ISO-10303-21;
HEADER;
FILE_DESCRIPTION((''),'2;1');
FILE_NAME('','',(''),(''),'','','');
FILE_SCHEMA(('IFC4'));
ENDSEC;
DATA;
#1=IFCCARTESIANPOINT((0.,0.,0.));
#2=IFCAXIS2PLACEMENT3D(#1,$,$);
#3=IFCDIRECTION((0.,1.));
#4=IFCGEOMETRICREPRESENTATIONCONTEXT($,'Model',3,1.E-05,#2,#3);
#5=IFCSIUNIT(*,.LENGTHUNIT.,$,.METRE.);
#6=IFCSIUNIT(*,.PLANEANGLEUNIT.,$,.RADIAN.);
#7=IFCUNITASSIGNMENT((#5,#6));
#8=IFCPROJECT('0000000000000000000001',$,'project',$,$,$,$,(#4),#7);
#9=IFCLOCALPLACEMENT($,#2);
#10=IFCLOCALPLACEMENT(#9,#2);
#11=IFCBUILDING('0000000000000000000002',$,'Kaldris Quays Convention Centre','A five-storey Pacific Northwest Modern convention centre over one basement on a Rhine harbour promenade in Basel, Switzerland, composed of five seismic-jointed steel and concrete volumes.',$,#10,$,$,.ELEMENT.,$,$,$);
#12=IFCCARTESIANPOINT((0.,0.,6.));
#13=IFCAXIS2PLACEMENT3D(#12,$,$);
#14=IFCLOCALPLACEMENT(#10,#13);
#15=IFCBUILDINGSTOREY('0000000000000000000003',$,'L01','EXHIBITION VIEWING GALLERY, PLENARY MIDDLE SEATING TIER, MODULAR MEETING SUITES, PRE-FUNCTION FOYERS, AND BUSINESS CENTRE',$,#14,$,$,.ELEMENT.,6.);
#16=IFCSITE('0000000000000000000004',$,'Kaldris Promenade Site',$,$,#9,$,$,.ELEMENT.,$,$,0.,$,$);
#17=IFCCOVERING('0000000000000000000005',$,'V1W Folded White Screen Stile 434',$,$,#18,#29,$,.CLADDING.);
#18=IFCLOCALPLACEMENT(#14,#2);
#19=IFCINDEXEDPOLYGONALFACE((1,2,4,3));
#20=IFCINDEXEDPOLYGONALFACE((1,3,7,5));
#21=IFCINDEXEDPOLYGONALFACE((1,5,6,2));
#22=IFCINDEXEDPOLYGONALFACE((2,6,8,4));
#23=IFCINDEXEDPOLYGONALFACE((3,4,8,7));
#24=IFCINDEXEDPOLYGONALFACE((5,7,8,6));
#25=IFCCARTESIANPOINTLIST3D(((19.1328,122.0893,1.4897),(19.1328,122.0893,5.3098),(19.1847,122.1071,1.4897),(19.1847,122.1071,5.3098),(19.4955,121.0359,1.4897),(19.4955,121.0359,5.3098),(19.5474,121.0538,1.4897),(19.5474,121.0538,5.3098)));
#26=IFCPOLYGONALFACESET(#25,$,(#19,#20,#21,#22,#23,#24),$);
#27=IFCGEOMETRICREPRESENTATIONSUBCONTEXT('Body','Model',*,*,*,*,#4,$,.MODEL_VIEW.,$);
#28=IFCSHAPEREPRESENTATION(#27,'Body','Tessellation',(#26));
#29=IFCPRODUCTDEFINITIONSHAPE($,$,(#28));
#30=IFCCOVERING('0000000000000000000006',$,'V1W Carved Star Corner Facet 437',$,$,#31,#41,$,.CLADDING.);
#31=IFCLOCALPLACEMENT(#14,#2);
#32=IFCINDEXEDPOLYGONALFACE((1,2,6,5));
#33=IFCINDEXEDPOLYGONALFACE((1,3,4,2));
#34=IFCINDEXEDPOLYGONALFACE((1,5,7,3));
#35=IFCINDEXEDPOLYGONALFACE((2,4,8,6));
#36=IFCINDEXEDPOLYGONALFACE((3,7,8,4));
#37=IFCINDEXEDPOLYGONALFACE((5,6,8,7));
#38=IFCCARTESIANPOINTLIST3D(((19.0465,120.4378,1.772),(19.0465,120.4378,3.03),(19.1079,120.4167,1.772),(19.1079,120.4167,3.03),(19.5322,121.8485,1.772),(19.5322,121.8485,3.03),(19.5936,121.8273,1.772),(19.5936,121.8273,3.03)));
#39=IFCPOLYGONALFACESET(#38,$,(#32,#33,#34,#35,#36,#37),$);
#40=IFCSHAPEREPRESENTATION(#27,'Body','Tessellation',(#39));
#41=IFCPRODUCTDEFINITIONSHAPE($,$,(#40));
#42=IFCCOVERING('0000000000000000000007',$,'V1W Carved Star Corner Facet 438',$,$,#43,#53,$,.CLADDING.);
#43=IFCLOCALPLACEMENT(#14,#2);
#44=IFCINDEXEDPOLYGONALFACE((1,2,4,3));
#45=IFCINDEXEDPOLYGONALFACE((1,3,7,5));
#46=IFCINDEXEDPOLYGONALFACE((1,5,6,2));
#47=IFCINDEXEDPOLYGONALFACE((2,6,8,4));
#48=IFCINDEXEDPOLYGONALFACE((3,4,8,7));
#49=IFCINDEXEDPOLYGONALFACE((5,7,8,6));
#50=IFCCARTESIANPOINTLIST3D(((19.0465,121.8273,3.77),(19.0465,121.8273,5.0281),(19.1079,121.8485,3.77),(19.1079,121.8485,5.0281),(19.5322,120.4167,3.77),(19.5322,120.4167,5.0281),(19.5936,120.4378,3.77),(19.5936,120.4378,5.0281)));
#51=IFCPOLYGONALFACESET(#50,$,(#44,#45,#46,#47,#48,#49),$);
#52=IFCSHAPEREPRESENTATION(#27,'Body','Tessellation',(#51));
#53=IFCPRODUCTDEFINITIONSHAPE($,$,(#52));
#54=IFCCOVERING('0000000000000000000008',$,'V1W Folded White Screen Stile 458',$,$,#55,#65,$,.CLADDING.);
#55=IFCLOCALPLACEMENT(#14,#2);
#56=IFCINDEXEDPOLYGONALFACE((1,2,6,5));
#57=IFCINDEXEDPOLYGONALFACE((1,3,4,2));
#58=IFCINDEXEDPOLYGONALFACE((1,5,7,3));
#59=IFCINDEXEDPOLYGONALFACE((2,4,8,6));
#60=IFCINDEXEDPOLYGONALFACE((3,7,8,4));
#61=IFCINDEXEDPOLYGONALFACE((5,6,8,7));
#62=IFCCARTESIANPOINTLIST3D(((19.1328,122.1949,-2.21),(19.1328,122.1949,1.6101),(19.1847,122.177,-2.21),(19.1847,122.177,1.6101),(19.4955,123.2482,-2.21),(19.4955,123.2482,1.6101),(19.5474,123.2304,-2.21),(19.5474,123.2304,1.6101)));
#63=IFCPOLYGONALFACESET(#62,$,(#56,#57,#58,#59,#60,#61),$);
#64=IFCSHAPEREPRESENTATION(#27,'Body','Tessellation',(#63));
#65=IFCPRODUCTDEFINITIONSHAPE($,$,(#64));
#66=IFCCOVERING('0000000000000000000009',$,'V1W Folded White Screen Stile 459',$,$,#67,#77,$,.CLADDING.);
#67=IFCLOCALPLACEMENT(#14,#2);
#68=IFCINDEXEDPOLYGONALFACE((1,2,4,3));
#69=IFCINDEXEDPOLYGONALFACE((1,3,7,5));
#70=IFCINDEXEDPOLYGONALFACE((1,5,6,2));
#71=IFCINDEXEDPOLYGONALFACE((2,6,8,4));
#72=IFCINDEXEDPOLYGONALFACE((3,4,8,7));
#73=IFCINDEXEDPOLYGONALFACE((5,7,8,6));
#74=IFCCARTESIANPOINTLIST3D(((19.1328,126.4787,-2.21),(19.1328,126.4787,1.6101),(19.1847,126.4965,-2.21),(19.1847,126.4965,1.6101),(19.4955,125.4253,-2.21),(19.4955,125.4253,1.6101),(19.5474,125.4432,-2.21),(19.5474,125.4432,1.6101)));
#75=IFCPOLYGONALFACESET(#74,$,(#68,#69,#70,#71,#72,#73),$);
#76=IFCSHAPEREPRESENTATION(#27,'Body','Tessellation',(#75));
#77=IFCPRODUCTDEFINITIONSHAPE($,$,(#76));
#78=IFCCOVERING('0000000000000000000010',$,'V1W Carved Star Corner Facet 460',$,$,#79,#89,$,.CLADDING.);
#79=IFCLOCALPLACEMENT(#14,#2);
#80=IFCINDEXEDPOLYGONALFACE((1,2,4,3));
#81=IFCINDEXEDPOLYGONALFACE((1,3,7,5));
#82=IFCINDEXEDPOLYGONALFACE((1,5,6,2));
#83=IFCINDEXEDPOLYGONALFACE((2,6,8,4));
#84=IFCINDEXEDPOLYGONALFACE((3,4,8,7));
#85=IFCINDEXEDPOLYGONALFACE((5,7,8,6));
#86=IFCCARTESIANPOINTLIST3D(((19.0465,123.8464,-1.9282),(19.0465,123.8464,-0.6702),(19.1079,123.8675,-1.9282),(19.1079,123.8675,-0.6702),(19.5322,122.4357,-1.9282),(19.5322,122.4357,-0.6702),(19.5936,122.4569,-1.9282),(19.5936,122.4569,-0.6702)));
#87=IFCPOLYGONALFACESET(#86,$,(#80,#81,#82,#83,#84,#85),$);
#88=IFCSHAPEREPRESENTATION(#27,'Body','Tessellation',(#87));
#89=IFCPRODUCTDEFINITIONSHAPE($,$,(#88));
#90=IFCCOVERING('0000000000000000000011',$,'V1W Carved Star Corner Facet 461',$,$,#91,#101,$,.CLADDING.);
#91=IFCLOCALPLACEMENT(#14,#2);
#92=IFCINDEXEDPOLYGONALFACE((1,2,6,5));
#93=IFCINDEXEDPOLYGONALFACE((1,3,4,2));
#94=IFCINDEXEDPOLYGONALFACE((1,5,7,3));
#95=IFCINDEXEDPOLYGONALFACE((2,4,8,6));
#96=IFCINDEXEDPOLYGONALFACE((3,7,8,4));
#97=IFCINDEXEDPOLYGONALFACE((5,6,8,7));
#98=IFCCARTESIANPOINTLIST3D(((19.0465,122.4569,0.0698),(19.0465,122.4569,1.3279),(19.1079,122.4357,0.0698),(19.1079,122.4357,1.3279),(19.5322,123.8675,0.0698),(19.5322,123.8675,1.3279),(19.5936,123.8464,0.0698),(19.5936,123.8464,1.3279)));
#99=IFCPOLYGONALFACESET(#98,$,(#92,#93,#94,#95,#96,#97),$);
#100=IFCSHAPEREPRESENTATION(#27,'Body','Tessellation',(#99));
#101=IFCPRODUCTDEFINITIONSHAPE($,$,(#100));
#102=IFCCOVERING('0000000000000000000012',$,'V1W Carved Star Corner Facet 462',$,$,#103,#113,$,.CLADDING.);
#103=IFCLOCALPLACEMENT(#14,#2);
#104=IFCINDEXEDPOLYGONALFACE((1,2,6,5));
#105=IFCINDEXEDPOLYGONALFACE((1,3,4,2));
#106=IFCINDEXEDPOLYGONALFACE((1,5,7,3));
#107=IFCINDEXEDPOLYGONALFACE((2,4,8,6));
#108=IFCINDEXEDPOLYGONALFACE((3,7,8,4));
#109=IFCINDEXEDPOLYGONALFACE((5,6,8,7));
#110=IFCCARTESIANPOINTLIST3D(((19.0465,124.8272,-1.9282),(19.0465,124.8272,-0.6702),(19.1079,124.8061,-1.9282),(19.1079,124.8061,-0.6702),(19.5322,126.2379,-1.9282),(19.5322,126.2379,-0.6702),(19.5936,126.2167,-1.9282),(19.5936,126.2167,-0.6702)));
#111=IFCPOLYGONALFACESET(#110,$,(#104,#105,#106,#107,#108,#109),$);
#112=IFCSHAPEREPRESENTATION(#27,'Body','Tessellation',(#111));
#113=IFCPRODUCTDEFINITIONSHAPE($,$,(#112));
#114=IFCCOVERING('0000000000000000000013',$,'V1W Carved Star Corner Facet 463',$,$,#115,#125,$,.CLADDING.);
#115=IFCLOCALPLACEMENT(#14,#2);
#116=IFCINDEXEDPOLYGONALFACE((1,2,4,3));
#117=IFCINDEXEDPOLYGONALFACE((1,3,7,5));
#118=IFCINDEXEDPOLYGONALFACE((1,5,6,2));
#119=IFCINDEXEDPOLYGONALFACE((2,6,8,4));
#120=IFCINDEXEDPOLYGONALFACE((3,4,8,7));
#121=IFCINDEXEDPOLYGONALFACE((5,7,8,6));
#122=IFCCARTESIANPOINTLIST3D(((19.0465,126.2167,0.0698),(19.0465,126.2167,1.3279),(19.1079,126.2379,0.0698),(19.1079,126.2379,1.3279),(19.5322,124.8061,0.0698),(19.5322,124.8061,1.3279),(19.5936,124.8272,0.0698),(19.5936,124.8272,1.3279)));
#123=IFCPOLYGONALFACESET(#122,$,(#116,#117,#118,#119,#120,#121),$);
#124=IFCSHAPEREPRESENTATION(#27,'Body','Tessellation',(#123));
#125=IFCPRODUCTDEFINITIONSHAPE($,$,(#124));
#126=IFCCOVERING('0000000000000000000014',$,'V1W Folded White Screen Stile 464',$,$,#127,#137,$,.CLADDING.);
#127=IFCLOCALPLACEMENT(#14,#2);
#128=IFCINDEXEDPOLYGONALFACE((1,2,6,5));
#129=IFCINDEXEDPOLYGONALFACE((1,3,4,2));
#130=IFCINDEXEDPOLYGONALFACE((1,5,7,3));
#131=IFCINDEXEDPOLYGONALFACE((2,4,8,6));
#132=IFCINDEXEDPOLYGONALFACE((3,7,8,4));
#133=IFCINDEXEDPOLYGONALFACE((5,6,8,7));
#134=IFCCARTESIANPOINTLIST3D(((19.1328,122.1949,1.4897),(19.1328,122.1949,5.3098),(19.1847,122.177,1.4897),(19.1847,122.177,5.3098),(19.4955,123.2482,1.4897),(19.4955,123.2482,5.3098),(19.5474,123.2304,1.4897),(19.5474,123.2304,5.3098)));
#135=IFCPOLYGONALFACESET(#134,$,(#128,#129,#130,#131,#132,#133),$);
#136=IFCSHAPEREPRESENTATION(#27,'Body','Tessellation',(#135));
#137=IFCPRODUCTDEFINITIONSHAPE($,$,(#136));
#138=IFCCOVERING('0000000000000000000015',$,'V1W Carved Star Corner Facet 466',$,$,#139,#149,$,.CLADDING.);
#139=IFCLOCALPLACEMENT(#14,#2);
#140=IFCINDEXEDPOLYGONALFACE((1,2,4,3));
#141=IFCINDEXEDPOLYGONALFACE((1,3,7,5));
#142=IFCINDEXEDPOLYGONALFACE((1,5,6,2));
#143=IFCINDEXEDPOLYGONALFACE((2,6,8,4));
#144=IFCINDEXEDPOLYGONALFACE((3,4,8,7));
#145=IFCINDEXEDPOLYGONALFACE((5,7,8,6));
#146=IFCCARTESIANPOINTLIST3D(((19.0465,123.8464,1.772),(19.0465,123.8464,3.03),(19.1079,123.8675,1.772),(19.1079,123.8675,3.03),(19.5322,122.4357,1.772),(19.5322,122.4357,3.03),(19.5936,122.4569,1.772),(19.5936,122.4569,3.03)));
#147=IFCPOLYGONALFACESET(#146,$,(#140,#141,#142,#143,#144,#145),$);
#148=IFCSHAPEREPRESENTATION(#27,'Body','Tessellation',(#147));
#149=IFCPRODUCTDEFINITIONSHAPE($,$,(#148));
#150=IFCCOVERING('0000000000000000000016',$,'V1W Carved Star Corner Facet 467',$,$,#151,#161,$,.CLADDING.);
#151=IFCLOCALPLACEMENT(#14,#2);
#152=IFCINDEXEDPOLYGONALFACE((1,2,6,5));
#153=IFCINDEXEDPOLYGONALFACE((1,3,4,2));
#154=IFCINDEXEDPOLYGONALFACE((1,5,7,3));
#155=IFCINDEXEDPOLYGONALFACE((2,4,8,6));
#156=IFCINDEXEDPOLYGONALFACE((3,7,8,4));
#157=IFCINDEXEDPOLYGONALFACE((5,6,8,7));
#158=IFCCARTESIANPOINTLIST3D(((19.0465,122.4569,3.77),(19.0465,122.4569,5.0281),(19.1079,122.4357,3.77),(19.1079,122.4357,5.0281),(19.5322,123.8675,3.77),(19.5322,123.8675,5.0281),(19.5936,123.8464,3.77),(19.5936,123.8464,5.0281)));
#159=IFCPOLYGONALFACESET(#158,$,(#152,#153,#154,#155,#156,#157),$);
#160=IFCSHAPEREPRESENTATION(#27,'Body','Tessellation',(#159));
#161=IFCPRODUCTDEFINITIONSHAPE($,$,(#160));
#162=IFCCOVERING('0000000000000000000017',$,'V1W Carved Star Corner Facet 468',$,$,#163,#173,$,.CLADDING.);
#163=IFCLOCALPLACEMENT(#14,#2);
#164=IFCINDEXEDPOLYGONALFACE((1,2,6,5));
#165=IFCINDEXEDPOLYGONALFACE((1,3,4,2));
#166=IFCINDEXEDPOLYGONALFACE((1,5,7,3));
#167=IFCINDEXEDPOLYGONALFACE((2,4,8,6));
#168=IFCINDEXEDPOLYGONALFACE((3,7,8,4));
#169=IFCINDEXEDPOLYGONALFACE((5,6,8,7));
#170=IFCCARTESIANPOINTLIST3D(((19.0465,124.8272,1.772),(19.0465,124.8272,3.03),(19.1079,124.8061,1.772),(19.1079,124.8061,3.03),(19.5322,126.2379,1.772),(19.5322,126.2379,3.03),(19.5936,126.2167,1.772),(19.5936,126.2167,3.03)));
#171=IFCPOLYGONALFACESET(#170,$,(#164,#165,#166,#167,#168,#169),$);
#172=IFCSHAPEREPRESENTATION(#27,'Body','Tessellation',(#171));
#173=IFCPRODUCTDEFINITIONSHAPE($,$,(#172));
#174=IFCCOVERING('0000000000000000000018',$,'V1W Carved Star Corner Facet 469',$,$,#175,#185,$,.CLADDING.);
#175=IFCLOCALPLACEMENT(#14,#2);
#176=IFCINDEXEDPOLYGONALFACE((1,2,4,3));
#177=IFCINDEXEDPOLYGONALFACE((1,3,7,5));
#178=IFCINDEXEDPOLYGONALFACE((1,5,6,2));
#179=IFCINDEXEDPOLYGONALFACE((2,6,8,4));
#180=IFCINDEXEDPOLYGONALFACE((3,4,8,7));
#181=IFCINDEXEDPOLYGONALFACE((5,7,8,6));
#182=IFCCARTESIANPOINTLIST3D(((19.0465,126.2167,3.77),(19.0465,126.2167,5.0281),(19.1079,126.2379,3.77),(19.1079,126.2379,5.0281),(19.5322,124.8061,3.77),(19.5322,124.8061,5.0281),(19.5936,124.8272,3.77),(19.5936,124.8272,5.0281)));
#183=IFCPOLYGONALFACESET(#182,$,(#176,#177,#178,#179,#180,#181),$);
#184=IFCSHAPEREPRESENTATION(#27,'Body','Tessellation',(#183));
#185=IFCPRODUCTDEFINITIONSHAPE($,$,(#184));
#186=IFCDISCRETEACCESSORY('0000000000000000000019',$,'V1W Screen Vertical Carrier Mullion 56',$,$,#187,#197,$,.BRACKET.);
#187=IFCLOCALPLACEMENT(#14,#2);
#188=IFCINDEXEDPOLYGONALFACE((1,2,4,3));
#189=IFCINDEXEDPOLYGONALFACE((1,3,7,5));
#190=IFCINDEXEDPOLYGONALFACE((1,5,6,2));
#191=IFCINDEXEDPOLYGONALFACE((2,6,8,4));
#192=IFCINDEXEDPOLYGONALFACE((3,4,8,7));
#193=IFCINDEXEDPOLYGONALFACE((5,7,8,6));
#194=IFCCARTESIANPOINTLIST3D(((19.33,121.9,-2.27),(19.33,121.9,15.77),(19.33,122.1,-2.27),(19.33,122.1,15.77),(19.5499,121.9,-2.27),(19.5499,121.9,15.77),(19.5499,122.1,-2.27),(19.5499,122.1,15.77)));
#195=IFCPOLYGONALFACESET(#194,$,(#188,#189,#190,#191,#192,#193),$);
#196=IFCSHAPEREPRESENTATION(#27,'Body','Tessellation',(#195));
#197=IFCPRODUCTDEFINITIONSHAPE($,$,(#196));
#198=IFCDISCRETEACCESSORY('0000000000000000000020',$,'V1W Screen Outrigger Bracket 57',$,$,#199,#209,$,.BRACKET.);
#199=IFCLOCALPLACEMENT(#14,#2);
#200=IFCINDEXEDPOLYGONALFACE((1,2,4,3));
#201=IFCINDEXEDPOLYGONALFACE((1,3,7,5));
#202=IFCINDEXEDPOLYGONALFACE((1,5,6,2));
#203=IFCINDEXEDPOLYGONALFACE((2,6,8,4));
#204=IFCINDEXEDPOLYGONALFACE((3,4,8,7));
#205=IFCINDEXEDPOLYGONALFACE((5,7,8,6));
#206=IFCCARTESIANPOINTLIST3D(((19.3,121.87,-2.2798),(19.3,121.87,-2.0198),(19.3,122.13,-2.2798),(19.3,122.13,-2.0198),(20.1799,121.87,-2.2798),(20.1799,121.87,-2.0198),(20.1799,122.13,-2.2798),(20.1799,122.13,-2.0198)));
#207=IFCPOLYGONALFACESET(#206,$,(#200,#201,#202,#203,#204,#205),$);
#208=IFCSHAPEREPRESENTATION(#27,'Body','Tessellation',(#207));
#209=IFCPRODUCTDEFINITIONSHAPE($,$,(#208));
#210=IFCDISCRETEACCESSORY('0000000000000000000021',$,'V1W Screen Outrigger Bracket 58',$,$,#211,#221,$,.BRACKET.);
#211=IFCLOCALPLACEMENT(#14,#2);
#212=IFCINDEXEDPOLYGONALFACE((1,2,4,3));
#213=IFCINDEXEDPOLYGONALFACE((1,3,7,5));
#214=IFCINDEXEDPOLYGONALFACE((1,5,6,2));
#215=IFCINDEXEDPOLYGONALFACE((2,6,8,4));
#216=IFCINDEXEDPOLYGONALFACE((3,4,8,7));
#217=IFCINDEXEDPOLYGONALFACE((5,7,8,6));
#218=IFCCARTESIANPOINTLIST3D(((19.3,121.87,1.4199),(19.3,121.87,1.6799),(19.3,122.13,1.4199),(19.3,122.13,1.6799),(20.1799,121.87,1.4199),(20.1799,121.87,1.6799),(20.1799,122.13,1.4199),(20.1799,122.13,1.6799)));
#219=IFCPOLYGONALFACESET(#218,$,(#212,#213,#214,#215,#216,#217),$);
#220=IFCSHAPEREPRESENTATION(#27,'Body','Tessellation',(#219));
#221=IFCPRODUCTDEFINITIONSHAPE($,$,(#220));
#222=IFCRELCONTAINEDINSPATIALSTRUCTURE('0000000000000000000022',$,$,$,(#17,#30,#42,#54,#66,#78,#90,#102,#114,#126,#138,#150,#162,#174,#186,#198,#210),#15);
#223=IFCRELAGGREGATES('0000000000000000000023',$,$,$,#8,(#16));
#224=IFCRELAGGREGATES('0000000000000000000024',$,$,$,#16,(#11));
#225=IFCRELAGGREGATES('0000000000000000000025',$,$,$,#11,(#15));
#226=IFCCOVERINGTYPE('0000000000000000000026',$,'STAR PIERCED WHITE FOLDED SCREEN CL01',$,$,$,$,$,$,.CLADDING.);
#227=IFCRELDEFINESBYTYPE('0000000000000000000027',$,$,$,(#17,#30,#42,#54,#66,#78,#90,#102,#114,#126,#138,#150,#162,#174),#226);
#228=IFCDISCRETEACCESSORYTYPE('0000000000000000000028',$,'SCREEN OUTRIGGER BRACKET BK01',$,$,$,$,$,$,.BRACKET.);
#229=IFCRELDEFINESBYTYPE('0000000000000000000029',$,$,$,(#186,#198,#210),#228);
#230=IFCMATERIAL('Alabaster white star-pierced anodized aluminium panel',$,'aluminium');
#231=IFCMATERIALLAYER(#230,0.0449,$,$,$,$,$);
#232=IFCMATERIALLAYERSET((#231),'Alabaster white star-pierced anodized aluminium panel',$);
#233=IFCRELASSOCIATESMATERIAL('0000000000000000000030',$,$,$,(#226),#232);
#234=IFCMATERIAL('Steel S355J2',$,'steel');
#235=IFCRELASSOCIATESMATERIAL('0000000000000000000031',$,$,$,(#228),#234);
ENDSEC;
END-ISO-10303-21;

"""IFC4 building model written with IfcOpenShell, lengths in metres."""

from ifc_helpers import new_model, si_unit, direction, frame, origin, origin_2d, place, context, subcontext, project, spatial, rectangle, extrude, material, layer, layer_set, type_object, element, save


model = new_model("IFC4")

# Units and contexts
model_context = context("Model", 3, precision=1e-05, world=origin(), true_north=direction((0.0, 1.0)))
body_context = subcontext(model_context, "Body", "Model", "MODEL_VIEW")
ifc_project = project(units=[si_unit("LENGTHUNIT", "METRE"), si_unit("PLANEANGLEUNIT", "RADIAN")], contexts=[model_context])

# Site, building, storey
site_placement = place(None, origin())
site = spatial("IfcSite", under=ifc_project, at=site_placement, Name="Kaldris Promenade Site", CompositionType="ELEMENT", RefElevation=0.0)
building_placement = place(site_placement, origin())
building = spatial("IfcBuilding", under=site, at=building_placement, Name="Kaldris Quays Convention Centre", Description="A five-storey Pacific Northwest Modern convention centre over one basement on a Rhine harbour promenade in Basel, Switzerland, composed of five seismic-jointed steel and concrete volumes.", CompositionType="ELEMENT")
storey_placement = place(building_placement, frame((0.0, 0.0, 6.0)))
storey = spatial("IfcBuildingStorey", under=building, at=storey_placement, Name="L01", Description="EXHIBITION VIEWING GALLERY, PLENARY MIDDLE SEATING TIER, MODULAR MEETING SUITES, PRE-FUNCTION FOYERS, AND BUSINESS CENTRE", CompositionType="ELEMENT", Elevation=6.0)

# Shared definitions
ifc_material_1 = material(Name="Steel S355J2", Category="steel")

# Coverings
ifc_material_2 = material(Name="Alabaster white star-pierced anodized aluminium panel", Category="aluminium")
ifc_layer_1 = layer(ifc_material_2, 0.0449)
ifc_layer_set_1 = layer_set([ifc_layer_1], Name="Alabaster white star-pierced anodized aluminium panel")
covering_type = type_object("IfcCoveringType", Name="STAR PIERCED WHITE FOLDED SCREEN CL01", PredefinedType="CLADDING", material=ifc_layer_set_1)
covering_1_placement = place(storey_placement, frame((19.3401, 121.5715, 1.4897), z_axis=(0.0, 0.0, 1.0), x_axis=(-0.325568, 0.945519, 0.0)))
element("IfcCovering", 1, at=covering_1_placement, inside=storey, type_object=covering_type, Name="V1W Folded White Screen Stile 434", PredefinedType="CLADDING", context=body_context, shape_type="SweptSolid", body=[
    extrude(rectangle(XDim=1.114, YDim=0.0549, at=origin_2d()), origin(), (0.0, 0.0, 1.0), 3.8201),
])
for number, where, z_axis, x_axis, name in (
    (2, (19.3201, 121.1326, 1.772), (0.0, 0.0, 1.0), (0.325568, 0.945519, 0.0), "V1W Carved Star Corner Facet 437"),
    (3, (19.3201, 121.1326, 3.77), (0.0, 0.0, 1.0), (-0.325568, 0.945519, 0.0), "V1W Carved Star Corner Facet 438"),
):
    element("IfcCovering", number, at=place(storey_placement, frame(where, z_axis=z_axis, x_axis=x_axis)), inside=storey, type_object=covering_type, Name=name, PredefinedType="CLADDING", context=body_context, shape_type="SweptSolid", body=[
        extrude(rectangle(XDim=1.4919, YDim=0.0649, at=origin_2d()), origin(), (0.0, 0.0, 1.0), 1.2581),
    ])
for number, where, z_axis, x_axis, name in (
    (4, (19.3401, 122.7126, -2.21), (0.0, 0.0, 1.0), (0.325568, 0.945519, 0.0), "V1W Folded White Screen Stile 458"),
    (5, (19.3401, 125.9609, -2.21), (0.0, 0.0, 1.0), (-0.325568, 0.945519, 0.0), "V1W Folded White Screen Stile 459"),
):
    element("IfcCovering", number, at=place(storey_placement, frame(where, z_axis=z_axis, x_axis=x_axis)), inside=storey, type_object=covering_type, Name=name, PredefinedType="CLADDING", context=body_context, shape_type="SweptSolid", body=[
        extrude(rectangle(XDim=1.114, YDim=0.0549, at=origin_2d()), origin(), (0.0, 0.0, 1.0), 3.8201),
    ])
for number, where, z_axis, x_axis, name in (
    (6, (19.3201, 123.1516, -1.9282), (0.0, 0.0, 1.0), (-0.325568, 0.945519, 0.0), "V1W Carved Star Corner Facet 460"),
    (7, (19.3201, 123.1516, 0.0698), (0.0, 0.0, 1.0), (0.325568, 0.945519, 0.0), "V1W Carved Star Corner Facet 461"),
    (8, (19.3201, 125.522, -1.9282), (0.0, 0.0, 1.0), (0.325568, 0.945519, 0.0), "V1W Carved Star Corner Facet 462"),
    (9, (19.3201, 125.522, 0.0698), (0.0, 0.0, 1.0), (-0.325568, 0.945519, 0.0), "V1W Carved Star Corner Facet 463"),
):
    element("IfcCovering", number, at=place(storey_placement, frame(where, z_axis=z_axis, x_axis=x_axis)), inside=storey, type_object=covering_type, Name=name, PredefinedType="CLADDING", context=body_context, shape_type="SweptSolid", body=[
        extrude(rectangle(XDim=1.4919, YDim=0.0649, at=origin_2d()), origin(), (0.0, 0.0, 1.0), 1.2581),
    ])
covering_2_placement = place(storey_placement, frame((19.3401, 122.7126, 1.4897), z_axis=(0.0, 0.0, 1.0), x_axis=(0.325568, 0.945519, 0.0)))
element("IfcCovering", 10, at=covering_2_placement, inside=storey, type_object=covering_type, Name="V1W Folded White Screen Stile 464", PredefinedType="CLADDING", context=body_context, shape_type="SweptSolid", body=[
    extrude(rectangle(XDim=1.114, YDim=0.0549, at=origin_2d()), origin(), (0.0, 0.0, 1.0), 3.8201),
])
for number, where, z_axis, x_axis, name in (
    (11, (19.3201, 123.1516, 1.772), (0.0, 0.0, 1.0), (-0.325568, 0.945519, 0.0), "V1W Carved Star Corner Facet 466"),
    (12, (19.3201, 123.1516, 3.77), (0.0, 0.0, 1.0), (0.325568, 0.945519, 0.0), "V1W Carved Star Corner Facet 467"),
    (13, (19.3201, 125.522, 1.772), (0.0, 0.0, 1.0), (0.325568, 0.945519, 0.0), "V1W Carved Star Corner Facet 468"),
    (14, (19.3201, 125.522, 3.77), (0.0, 0.0, 1.0), (-0.325568, 0.945519, 0.0), "V1W Carved Star Corner Facet 469"),
):
    element("IfcCovering", number, at=place(storey_placement, frame(where, z_axis=z_axis, x_axis=x_axis)), inside=storey, type_object=covering_type, Name=name, PredefinedType="CLADDING", context=body_context, shape_type="SweptSolid", body=[
        extrude(rectangle(XDim=1.4919, YDim=0.0649, at=origin_2d()), origin(), (0.0, 0.0, 1.0), 1.2581),
    ])

# Discrete accessories
discrete_accessory_type = type_object("IfcDiscreteAccessoryType", Name="SCREEN OUTRIGGER BRACKET BK01", PredefinedType="BRACKET", material=ifc_material_1)
discrete_accessory_placement = place(storey_placement, frame((19.4399, 122.0, -2.27), z_axis=(0.0, 0.0, 1.0), x_axis=(0.0, 1.0, 0.0)))
element("IfcDiscreteAccessory", 15, at=discrete_accessory_placement, inside=storey, type_object=discrete_accessory_type, Name="V1W Screen Vertical Carrier Mullion 56", PredefinedType="BRACKET", context=body_context, shape_type="SweptSolid", body=[
    extrude(rectangle(XDim=0.2, YDim=0.22, at=origin_2d()), origin(), (0.0, 0.0, 1.0), 18.04),
])
for number, where, z_axis, x_axis, name in (
    (16, (19.74, 122.0, -2.2798), (0.0, 0.0, 1.0), (0.0, 1.0, 0.0), "V1W Screen Outrigger Bracket 57"),
    (17, (19.74, 122.0, 1.4199), (0.0, 0.0, 1.0), (0.0, 1.0, 0.0), "V1W Screen Outrigger Bracket 58"),
):
    element("IfcDiscreteAccessory", number, at=place(storey_placement, frame(where, z_axis=z_axis, x_axis=x_axis)), inside=storey, type_object=discrete_accessory_type, Name=name, PredefinedType="BRACKET", context=body_context, shape_type="SweptSolid", body=[
        extrude(rectangle(XDim=0.26, YDim=0.8799, at=origin_2d()), origin(), (0.0, 0.0, 1.0), 0.26),
    ])

save(model, "model.ifc")
